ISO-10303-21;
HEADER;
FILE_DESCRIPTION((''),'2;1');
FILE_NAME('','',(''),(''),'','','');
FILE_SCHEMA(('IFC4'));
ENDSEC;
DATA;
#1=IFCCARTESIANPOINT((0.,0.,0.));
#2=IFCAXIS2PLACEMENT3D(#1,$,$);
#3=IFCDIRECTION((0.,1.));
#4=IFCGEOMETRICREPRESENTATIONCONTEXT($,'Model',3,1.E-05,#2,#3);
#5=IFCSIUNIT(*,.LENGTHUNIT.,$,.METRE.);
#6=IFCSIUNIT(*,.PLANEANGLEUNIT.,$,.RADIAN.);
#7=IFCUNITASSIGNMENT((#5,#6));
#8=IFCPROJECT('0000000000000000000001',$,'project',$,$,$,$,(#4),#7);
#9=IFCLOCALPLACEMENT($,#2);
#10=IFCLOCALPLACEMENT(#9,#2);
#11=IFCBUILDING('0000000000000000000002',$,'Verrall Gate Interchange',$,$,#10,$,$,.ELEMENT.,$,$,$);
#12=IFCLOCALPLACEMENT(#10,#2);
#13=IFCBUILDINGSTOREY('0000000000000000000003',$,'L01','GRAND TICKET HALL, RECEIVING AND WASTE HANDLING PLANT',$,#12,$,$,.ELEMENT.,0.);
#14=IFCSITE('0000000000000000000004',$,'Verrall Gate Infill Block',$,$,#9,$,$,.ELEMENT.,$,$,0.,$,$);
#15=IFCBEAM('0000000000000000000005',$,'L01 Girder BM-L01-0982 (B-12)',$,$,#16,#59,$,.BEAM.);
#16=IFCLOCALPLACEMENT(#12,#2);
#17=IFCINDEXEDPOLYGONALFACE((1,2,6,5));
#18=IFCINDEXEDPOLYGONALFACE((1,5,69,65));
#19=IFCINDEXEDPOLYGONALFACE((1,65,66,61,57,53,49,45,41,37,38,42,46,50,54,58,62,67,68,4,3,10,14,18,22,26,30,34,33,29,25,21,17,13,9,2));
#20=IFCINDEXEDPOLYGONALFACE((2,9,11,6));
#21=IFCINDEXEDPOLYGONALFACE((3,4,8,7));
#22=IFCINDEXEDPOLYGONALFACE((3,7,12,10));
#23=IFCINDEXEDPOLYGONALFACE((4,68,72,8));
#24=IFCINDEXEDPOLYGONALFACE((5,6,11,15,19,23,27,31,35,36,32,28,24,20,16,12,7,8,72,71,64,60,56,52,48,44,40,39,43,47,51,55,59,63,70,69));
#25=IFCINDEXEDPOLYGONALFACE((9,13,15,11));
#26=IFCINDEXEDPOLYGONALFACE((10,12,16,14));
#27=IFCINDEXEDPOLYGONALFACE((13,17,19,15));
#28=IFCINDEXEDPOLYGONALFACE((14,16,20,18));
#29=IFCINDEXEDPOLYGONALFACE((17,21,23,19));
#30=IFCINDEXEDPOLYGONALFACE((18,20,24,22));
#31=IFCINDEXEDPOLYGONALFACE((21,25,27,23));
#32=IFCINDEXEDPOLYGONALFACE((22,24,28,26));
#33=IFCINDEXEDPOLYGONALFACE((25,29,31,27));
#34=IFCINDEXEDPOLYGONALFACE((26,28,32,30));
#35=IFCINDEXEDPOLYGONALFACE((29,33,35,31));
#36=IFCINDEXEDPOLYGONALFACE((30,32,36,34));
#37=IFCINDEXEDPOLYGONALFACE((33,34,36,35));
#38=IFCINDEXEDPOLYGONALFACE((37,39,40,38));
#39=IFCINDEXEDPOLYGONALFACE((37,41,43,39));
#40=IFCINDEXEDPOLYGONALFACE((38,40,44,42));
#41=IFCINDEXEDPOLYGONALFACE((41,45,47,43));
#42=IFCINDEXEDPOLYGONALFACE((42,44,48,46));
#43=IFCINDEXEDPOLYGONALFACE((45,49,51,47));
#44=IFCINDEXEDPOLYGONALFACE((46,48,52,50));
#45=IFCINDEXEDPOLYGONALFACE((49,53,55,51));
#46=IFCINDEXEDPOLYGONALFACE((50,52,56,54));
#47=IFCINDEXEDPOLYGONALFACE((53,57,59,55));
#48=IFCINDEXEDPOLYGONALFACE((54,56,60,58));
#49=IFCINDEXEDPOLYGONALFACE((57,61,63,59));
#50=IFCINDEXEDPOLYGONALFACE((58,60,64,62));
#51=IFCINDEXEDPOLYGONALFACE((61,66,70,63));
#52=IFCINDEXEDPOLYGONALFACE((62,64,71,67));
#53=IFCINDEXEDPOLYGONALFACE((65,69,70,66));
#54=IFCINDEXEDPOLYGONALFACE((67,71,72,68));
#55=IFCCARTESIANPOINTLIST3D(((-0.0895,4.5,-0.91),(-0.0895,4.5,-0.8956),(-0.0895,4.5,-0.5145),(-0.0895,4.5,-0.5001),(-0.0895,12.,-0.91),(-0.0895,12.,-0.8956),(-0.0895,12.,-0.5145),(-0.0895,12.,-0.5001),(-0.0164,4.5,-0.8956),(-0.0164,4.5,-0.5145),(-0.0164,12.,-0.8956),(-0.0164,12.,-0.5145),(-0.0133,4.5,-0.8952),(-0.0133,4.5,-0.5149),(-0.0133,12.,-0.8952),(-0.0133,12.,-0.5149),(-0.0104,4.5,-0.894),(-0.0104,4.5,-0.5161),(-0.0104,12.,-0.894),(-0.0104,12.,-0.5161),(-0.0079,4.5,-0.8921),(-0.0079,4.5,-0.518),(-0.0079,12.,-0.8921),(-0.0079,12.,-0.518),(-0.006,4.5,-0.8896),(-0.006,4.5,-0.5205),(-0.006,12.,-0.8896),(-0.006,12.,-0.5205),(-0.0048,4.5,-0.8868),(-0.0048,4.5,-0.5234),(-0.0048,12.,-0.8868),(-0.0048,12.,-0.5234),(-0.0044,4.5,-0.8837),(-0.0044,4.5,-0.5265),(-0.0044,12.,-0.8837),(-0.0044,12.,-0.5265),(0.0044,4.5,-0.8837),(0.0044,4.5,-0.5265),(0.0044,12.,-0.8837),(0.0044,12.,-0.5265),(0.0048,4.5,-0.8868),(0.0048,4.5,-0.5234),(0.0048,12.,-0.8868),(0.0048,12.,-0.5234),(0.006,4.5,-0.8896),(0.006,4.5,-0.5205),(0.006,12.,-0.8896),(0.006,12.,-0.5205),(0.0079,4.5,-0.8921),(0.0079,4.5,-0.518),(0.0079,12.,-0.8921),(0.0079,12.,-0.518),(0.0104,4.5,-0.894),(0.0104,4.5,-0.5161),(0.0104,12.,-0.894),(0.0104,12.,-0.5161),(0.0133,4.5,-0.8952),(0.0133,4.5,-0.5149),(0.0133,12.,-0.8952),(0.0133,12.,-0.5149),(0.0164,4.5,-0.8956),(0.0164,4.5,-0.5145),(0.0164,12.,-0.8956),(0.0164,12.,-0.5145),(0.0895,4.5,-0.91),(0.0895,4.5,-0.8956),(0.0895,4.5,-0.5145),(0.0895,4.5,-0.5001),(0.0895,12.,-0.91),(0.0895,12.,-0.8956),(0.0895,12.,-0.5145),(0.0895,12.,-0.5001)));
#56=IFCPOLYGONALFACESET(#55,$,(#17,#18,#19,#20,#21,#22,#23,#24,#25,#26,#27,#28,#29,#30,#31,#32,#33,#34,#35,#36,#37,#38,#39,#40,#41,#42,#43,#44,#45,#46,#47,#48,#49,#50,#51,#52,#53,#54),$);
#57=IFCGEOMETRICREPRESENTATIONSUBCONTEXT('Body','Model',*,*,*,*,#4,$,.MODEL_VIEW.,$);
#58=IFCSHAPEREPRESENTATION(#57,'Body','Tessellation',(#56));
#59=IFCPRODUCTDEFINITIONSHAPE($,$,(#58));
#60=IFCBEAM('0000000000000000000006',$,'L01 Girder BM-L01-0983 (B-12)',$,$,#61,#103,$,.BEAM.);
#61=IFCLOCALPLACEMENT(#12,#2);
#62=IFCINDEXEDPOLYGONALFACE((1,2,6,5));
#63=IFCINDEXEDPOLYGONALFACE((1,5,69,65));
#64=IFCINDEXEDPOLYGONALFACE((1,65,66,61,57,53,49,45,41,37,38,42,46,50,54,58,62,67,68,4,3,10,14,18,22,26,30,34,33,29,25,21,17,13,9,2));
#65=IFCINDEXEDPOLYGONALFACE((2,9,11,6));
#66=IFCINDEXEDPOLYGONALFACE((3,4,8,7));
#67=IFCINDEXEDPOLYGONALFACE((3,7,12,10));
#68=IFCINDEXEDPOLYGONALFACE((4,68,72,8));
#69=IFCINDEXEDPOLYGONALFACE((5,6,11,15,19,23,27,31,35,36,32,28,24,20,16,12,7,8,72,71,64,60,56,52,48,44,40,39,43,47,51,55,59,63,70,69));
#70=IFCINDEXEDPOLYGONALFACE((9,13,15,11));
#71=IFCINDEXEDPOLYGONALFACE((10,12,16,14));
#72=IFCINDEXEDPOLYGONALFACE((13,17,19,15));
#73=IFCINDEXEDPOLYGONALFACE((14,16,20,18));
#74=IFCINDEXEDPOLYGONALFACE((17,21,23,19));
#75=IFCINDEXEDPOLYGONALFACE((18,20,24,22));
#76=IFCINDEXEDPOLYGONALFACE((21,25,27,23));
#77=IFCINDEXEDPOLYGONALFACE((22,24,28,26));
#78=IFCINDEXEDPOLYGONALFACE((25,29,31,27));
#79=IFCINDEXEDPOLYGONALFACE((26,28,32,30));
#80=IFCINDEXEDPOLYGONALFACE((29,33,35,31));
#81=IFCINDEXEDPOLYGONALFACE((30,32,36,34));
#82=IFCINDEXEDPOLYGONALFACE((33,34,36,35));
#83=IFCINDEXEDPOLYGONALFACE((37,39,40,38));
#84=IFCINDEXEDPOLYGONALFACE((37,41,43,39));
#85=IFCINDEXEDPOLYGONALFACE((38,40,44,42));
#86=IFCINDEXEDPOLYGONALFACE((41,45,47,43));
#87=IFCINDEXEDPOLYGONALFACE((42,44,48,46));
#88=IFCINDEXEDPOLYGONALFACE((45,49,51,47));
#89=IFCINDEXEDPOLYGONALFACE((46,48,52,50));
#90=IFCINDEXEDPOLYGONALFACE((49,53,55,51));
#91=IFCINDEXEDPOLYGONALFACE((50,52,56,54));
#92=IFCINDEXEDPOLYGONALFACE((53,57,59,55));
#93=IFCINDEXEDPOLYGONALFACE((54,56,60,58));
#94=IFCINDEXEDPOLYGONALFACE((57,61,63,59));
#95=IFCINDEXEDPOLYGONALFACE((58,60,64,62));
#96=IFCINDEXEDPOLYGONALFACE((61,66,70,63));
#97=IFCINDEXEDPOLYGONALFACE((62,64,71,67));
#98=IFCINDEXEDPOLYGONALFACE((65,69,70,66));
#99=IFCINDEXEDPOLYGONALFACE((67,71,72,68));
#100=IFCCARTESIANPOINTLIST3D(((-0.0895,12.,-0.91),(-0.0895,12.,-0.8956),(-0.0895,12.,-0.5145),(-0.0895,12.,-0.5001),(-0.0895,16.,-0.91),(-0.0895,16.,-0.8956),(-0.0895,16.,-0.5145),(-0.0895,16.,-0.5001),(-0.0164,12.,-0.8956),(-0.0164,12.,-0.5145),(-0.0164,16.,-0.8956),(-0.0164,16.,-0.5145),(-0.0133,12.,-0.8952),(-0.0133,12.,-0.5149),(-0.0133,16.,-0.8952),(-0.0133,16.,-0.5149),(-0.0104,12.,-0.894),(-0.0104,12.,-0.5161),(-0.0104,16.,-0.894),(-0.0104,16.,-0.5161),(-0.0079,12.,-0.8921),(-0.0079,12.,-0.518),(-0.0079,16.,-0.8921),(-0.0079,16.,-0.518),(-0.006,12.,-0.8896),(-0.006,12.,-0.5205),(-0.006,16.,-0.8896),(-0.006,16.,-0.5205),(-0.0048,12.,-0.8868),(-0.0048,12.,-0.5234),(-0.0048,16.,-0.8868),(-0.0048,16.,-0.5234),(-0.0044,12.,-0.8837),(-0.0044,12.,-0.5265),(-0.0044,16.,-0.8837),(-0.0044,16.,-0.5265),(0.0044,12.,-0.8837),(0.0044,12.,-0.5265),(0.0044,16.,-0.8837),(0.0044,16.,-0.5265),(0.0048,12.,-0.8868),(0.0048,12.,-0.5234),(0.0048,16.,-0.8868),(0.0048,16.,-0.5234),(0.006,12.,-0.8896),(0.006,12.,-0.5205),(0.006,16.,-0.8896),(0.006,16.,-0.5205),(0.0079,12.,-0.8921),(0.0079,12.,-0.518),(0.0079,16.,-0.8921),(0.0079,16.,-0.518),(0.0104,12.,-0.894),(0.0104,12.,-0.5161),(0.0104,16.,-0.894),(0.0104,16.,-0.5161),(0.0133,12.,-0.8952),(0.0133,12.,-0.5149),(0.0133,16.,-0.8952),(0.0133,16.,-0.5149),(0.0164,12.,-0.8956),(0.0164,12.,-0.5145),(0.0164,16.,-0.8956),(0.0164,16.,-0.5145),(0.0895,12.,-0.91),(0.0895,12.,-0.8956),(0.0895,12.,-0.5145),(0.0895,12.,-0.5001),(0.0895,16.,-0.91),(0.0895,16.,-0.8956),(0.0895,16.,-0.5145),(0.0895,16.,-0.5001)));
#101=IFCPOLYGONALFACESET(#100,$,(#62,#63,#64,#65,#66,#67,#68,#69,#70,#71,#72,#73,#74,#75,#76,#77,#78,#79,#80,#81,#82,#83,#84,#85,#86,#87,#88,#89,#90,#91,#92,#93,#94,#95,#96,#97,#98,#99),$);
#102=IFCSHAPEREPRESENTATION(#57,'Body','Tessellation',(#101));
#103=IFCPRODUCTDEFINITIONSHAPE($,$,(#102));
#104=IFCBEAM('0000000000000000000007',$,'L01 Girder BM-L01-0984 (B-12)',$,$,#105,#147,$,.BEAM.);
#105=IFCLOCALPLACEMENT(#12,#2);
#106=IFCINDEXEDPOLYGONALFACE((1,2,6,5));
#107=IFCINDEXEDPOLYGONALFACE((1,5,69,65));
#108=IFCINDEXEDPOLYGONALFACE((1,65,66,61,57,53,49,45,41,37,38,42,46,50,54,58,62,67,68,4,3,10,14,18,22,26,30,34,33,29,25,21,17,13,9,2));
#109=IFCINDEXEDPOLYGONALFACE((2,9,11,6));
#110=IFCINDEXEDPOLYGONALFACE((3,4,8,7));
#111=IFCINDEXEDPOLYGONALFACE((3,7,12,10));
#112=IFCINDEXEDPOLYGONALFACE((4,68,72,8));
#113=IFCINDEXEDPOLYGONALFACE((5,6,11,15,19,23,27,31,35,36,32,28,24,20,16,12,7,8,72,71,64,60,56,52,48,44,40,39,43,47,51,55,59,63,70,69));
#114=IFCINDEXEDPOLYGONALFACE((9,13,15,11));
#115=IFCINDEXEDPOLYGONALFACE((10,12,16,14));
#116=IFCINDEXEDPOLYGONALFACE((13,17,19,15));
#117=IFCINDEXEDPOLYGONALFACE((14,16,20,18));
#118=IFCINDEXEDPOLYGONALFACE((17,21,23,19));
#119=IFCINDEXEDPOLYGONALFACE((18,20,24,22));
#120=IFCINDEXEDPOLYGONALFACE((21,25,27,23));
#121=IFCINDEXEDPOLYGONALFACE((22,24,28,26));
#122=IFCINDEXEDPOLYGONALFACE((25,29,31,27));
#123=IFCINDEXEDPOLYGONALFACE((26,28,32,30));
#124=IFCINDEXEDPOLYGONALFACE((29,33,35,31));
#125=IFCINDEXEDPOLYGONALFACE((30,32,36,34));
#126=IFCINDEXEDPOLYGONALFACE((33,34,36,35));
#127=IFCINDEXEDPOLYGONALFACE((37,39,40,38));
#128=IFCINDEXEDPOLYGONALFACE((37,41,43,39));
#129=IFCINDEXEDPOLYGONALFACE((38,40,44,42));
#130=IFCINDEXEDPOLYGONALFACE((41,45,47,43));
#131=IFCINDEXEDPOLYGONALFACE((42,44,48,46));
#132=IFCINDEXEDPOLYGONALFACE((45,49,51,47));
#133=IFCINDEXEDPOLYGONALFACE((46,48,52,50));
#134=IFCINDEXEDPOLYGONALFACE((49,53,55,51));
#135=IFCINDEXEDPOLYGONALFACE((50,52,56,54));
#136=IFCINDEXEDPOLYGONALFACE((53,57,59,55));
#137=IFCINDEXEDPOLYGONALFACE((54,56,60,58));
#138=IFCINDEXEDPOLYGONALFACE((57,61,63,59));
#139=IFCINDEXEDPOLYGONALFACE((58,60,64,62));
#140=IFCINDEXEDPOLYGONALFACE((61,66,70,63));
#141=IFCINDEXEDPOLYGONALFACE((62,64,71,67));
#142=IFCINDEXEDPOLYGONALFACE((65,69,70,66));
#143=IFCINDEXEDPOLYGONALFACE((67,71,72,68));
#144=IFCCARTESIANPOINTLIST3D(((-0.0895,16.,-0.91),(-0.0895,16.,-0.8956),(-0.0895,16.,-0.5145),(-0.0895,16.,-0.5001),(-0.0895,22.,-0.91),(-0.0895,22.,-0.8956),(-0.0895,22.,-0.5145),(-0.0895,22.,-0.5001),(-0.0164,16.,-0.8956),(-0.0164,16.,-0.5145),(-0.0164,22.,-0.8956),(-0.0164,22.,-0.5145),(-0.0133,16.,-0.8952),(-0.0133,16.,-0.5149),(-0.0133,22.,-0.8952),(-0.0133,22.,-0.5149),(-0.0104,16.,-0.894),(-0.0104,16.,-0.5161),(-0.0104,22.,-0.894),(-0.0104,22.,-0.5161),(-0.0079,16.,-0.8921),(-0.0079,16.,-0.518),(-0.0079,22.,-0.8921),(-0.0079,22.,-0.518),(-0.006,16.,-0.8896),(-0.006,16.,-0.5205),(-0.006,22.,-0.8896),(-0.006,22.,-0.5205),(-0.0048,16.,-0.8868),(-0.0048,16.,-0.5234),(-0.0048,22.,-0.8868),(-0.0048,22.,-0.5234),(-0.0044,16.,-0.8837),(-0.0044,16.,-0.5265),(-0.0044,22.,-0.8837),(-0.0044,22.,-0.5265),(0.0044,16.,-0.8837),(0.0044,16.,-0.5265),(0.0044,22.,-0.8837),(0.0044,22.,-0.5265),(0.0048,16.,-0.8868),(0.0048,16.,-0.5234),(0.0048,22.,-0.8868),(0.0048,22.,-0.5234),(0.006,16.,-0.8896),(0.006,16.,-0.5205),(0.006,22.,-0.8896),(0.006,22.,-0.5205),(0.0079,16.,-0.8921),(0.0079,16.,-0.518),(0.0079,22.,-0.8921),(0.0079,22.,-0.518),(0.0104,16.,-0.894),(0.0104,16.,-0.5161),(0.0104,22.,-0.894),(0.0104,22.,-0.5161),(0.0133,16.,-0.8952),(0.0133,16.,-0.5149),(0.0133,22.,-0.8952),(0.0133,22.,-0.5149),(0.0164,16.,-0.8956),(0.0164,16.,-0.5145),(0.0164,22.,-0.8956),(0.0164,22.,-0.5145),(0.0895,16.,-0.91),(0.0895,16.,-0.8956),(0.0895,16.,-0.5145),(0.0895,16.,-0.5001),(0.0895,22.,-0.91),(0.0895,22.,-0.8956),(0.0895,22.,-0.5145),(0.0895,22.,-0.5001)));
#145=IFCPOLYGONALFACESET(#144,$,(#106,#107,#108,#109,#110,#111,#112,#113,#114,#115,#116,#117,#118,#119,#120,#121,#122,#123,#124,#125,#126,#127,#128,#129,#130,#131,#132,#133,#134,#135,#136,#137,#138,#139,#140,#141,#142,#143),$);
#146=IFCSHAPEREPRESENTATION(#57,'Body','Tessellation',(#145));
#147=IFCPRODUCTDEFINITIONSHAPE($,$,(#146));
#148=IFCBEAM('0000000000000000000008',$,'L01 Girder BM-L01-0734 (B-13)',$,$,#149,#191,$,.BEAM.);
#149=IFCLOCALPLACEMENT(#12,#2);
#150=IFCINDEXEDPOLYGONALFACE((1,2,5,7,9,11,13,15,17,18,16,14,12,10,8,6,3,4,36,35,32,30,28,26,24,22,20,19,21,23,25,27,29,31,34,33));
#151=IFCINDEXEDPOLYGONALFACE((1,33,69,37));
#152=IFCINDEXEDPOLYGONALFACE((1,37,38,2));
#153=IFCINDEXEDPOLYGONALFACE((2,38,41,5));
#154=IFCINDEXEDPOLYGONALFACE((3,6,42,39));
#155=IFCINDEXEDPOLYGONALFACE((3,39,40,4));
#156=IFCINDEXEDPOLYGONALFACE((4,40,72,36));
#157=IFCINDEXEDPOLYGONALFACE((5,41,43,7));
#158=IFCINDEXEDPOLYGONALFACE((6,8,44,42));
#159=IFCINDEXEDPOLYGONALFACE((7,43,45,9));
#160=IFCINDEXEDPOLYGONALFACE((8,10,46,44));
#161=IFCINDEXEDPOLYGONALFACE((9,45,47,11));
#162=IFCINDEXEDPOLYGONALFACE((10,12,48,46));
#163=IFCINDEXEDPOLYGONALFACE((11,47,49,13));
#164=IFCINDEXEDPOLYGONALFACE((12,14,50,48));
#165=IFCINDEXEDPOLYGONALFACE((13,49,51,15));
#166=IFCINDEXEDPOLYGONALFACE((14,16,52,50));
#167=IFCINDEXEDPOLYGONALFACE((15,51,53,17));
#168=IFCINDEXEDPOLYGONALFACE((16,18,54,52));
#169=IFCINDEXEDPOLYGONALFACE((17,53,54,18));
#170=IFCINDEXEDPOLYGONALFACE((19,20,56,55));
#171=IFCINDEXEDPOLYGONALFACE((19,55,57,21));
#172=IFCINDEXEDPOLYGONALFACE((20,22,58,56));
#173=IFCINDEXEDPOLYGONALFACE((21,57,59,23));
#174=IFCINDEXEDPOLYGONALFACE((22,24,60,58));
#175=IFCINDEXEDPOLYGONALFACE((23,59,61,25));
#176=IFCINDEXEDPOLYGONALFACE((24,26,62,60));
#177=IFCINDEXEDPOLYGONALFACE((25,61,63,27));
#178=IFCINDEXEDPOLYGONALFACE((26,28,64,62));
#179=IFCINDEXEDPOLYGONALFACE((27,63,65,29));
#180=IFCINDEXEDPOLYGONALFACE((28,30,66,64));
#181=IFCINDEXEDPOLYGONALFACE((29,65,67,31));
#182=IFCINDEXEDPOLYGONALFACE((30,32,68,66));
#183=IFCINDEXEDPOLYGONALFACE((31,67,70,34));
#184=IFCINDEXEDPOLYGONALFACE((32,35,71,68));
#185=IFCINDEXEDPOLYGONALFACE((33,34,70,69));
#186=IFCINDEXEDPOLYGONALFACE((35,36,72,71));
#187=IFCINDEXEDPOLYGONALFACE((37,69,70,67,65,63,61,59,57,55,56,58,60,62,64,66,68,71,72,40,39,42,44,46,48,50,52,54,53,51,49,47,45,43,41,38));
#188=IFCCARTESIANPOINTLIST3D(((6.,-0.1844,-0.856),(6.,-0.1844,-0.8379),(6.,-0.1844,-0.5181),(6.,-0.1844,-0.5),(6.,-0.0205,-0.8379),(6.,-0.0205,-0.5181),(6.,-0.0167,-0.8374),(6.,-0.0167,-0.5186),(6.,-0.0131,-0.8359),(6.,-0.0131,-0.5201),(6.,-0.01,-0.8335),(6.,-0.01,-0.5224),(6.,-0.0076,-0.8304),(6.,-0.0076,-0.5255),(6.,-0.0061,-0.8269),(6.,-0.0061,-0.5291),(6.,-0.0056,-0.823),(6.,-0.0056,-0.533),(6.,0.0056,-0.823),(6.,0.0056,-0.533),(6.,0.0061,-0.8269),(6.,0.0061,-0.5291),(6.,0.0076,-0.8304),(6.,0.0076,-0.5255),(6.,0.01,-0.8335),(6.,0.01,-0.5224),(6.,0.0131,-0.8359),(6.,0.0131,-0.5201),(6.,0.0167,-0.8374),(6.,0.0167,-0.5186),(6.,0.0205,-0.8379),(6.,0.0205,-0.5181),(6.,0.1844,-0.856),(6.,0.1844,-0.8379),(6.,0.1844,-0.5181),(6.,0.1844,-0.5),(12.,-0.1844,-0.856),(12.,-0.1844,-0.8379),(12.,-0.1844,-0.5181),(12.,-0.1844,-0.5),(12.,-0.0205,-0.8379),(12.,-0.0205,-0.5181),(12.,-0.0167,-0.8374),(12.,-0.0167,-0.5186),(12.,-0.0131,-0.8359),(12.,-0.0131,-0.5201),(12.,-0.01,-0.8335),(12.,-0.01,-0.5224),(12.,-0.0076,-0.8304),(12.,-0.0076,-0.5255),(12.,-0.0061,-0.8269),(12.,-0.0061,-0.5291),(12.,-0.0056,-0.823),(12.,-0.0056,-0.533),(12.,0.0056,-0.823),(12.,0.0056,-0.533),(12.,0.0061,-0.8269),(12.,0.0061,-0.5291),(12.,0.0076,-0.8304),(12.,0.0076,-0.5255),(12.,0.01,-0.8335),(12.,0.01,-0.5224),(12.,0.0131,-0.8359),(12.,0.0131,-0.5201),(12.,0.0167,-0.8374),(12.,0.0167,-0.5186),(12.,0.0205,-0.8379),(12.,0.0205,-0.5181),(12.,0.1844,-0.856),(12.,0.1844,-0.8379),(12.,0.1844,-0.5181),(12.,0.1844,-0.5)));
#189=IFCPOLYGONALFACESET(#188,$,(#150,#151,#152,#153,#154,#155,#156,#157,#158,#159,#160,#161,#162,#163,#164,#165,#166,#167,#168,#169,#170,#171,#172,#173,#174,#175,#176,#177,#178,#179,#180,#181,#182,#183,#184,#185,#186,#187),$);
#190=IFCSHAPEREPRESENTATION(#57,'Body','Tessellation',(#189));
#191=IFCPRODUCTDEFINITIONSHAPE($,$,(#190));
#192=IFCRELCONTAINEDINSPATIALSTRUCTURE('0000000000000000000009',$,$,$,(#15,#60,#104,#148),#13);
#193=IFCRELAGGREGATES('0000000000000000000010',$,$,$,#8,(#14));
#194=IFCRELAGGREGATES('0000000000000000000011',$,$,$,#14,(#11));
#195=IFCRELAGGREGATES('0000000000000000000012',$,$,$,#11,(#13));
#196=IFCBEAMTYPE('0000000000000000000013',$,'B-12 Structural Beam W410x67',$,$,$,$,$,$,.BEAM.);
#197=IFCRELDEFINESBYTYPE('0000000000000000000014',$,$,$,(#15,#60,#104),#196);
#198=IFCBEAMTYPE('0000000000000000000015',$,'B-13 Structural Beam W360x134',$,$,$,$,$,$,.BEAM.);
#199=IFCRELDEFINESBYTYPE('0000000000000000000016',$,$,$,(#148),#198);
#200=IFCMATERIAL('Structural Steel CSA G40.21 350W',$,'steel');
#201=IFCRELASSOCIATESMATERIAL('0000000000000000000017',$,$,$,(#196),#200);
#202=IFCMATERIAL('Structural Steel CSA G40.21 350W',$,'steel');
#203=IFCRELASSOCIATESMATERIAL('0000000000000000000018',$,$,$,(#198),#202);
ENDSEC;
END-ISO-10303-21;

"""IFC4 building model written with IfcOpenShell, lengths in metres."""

from ifc_helpers import new_model, si_unit, direction, frame, origin, origin_2d, place, context, subcontext, project, spatial, i_section, extrude, material, material_profile, profile_set, type_object, element, save


model = new_model("IFC4")

# Units and contexts
model_context = context("Model", 3, precision=1e-05, world=origin(), true_north=direction((0.0, 1.0)))
body_context = subcontext(model_context, "Body", "Model", "MODEL_VIEW")
ifc_project = project(units=[si_unit("LENGTHUNIT", "METRE"), si_unit("PLANEANGLEUNIT", "RADIAN")], contexts=[model_context])

# Site, building, storey
site_placement = place(None, origin())
site = spatial("IfcSite", under=ifc_project, at=site_placement, Name="Verrall Gate Infill Block", CompositionType="ELEMENT", RefElevation=0.0)
building_placement = place(site_placement, origin())
building = spatial("IfcBuilding", under=site, at=building_placement, Name="Verrall Gate Interchange", CompositionType="ELEMENT")
storey_placement = place(building_placement, origin())
storey = spatial("IfcBuildingStorey", under=building, at=storey_placement, Name="L01", Description="GRAND TICKET HALL, RECEIVING AND WASTE HANDLING PLANT", CompositionType="ELEMENT", Elevation=0.0)

# Beams
ifc_material_1 = material(Name="Structural Steel CSA G40.21 350W", Category="steel")
ifc_material_profile_1 = material_profile(ifc_material_1, i_section(OverallWidth=0.179, OverallDepth=0.4099, WebThickness=0.0088, FlangeThickness=0.0144, FilletRadius=0.012, at=origin_2d()), Name="W410x67")
ifc_profile_set_1 = profile_set([ifc_material_profile_1], Name="Structural Steel CSA G40.21 350W")
beam_type_1 = type_object("IfcBeamType", Name="B-12 Structural Beam W410x67", PredefinedType="BEAM", material=ifc_profile_set_1)
beam_1_placement = place(storey_placement, frame((0.0, 4.5, -0.7051), z_axis=(0.0, 1.0, 0.0), x_axis=(-1.0, 0.0, 0.0)))
element("IfcBeam", 1, at=beam_1_placement, inside=storey, type_object=beam_type_1, Name="L01 Girder BM-L01-0982 (B-12)", PredefinedType="BEAM", context=body_context, shape_type="SweptSolid", body=[
    extrude(i_section(OverallWidth=0.179, OverallDepth=0.4099, WebThickness=0.0088, FlangeThickness=0.0144, FilletRadius=0.012, at=origin_2d()), origin(), (0.0, 0.0, 1.0), 7.5),
])
beam_2_placement = place(storey_placement, frame((0.0, 12.0, -0.7051), z_axis=(0.0, 1.0, 0.0), x_axis=(-1.0, 0.0, 0.0)))
element("IfcBeam", 2, at=beam_2_placement, inside=storey, type_object=beam_type_1, Name="L01 Girder BM-L01-0983 (B-12)", PredefinedType="BEAM", context=body_context, shape_type="SweptSolid", body=[
    extrude(i_section(OverallWidth=0.179, OverallDepth=0.4099, WebThickness=0.0088, FlangeThickness=0.0144, FilletRadius=0.012, at=origin_2d()), origin(), (0.0, 0.0, 1.0), 4.0),
])
beam_3_placement = place(storey_placement, frame((0.0, 16.0, -0.7051), z_axis=(0.0, 1.0, 0.0), x_axis=(-1.0, 0.0, 0.0)))
element("IfcBeam", 3, at=beam_3_placement, inside=storey, type_object=beam_type_1, Name="L01 Girder BM-L01-0984 (B-12)", PredefinedType="BEAM", context=body_context, shape_type="SweptSolid", body=[
    extrude(i_section(OverallWidth=0.179, OverallDepth=0.4099, WebThickness=0.0088, FlangeThickness=0.0144, FilletRadius=0.012, at=origin_2d()), origin(), (0.0, 0.0, 1.0), 6.0),
])
ifc_material_2 = material(Name="Structural Steel CSA G40.21 350W", Category="steel")
ifc_material_profile_2 = material_profile(ifc_material_2, i_section(OverallWidth=0.3689, OverallDepth=0.356, WebThickness=0.0112, FlangeThickness=0.0181, FilletRadius=0.0149, at=origin_2d()), Name="W360x134")
ifc_profile_set_2 = profile_set([ifc_material_profile_2], Name="Structural Steel CSA G40.21 350W")
beam_type_2 = type_object("IfcBeamType", Name="B-13 Structural Beam W360x134", PredefinedType="BEAM", material=ifc_profile_set_2)
for number, where, z_axis, x_axis, name in (
    (4, (6.0, 0.0, -0.678), (1.0, 0.0, 0.0), (0.0, 1.0, 0.0), "L01 Girder BM-L01-0734 (B-13)"),
):
    element("IfcBeam", number, at=place(storey_placement, frame(where, z_axis=z_axis, x_axis=x_axis)), inside=storey, type_object=beam_type_2, Name=name, PredefinedType="BEAM", context=body_context, shape_type="SweptSolid", body=[
        extrude(i_section(OverallWidth=0.3689, OverallDepth=0.356, WebThickness=0.0112, FlangeThickness=0.0181, FilletRadius=0.0149, at=origin_2d()), origin(), (0.0, 0.0, 1.0), 6.0),
    ])

save(model, "model.ifc")
